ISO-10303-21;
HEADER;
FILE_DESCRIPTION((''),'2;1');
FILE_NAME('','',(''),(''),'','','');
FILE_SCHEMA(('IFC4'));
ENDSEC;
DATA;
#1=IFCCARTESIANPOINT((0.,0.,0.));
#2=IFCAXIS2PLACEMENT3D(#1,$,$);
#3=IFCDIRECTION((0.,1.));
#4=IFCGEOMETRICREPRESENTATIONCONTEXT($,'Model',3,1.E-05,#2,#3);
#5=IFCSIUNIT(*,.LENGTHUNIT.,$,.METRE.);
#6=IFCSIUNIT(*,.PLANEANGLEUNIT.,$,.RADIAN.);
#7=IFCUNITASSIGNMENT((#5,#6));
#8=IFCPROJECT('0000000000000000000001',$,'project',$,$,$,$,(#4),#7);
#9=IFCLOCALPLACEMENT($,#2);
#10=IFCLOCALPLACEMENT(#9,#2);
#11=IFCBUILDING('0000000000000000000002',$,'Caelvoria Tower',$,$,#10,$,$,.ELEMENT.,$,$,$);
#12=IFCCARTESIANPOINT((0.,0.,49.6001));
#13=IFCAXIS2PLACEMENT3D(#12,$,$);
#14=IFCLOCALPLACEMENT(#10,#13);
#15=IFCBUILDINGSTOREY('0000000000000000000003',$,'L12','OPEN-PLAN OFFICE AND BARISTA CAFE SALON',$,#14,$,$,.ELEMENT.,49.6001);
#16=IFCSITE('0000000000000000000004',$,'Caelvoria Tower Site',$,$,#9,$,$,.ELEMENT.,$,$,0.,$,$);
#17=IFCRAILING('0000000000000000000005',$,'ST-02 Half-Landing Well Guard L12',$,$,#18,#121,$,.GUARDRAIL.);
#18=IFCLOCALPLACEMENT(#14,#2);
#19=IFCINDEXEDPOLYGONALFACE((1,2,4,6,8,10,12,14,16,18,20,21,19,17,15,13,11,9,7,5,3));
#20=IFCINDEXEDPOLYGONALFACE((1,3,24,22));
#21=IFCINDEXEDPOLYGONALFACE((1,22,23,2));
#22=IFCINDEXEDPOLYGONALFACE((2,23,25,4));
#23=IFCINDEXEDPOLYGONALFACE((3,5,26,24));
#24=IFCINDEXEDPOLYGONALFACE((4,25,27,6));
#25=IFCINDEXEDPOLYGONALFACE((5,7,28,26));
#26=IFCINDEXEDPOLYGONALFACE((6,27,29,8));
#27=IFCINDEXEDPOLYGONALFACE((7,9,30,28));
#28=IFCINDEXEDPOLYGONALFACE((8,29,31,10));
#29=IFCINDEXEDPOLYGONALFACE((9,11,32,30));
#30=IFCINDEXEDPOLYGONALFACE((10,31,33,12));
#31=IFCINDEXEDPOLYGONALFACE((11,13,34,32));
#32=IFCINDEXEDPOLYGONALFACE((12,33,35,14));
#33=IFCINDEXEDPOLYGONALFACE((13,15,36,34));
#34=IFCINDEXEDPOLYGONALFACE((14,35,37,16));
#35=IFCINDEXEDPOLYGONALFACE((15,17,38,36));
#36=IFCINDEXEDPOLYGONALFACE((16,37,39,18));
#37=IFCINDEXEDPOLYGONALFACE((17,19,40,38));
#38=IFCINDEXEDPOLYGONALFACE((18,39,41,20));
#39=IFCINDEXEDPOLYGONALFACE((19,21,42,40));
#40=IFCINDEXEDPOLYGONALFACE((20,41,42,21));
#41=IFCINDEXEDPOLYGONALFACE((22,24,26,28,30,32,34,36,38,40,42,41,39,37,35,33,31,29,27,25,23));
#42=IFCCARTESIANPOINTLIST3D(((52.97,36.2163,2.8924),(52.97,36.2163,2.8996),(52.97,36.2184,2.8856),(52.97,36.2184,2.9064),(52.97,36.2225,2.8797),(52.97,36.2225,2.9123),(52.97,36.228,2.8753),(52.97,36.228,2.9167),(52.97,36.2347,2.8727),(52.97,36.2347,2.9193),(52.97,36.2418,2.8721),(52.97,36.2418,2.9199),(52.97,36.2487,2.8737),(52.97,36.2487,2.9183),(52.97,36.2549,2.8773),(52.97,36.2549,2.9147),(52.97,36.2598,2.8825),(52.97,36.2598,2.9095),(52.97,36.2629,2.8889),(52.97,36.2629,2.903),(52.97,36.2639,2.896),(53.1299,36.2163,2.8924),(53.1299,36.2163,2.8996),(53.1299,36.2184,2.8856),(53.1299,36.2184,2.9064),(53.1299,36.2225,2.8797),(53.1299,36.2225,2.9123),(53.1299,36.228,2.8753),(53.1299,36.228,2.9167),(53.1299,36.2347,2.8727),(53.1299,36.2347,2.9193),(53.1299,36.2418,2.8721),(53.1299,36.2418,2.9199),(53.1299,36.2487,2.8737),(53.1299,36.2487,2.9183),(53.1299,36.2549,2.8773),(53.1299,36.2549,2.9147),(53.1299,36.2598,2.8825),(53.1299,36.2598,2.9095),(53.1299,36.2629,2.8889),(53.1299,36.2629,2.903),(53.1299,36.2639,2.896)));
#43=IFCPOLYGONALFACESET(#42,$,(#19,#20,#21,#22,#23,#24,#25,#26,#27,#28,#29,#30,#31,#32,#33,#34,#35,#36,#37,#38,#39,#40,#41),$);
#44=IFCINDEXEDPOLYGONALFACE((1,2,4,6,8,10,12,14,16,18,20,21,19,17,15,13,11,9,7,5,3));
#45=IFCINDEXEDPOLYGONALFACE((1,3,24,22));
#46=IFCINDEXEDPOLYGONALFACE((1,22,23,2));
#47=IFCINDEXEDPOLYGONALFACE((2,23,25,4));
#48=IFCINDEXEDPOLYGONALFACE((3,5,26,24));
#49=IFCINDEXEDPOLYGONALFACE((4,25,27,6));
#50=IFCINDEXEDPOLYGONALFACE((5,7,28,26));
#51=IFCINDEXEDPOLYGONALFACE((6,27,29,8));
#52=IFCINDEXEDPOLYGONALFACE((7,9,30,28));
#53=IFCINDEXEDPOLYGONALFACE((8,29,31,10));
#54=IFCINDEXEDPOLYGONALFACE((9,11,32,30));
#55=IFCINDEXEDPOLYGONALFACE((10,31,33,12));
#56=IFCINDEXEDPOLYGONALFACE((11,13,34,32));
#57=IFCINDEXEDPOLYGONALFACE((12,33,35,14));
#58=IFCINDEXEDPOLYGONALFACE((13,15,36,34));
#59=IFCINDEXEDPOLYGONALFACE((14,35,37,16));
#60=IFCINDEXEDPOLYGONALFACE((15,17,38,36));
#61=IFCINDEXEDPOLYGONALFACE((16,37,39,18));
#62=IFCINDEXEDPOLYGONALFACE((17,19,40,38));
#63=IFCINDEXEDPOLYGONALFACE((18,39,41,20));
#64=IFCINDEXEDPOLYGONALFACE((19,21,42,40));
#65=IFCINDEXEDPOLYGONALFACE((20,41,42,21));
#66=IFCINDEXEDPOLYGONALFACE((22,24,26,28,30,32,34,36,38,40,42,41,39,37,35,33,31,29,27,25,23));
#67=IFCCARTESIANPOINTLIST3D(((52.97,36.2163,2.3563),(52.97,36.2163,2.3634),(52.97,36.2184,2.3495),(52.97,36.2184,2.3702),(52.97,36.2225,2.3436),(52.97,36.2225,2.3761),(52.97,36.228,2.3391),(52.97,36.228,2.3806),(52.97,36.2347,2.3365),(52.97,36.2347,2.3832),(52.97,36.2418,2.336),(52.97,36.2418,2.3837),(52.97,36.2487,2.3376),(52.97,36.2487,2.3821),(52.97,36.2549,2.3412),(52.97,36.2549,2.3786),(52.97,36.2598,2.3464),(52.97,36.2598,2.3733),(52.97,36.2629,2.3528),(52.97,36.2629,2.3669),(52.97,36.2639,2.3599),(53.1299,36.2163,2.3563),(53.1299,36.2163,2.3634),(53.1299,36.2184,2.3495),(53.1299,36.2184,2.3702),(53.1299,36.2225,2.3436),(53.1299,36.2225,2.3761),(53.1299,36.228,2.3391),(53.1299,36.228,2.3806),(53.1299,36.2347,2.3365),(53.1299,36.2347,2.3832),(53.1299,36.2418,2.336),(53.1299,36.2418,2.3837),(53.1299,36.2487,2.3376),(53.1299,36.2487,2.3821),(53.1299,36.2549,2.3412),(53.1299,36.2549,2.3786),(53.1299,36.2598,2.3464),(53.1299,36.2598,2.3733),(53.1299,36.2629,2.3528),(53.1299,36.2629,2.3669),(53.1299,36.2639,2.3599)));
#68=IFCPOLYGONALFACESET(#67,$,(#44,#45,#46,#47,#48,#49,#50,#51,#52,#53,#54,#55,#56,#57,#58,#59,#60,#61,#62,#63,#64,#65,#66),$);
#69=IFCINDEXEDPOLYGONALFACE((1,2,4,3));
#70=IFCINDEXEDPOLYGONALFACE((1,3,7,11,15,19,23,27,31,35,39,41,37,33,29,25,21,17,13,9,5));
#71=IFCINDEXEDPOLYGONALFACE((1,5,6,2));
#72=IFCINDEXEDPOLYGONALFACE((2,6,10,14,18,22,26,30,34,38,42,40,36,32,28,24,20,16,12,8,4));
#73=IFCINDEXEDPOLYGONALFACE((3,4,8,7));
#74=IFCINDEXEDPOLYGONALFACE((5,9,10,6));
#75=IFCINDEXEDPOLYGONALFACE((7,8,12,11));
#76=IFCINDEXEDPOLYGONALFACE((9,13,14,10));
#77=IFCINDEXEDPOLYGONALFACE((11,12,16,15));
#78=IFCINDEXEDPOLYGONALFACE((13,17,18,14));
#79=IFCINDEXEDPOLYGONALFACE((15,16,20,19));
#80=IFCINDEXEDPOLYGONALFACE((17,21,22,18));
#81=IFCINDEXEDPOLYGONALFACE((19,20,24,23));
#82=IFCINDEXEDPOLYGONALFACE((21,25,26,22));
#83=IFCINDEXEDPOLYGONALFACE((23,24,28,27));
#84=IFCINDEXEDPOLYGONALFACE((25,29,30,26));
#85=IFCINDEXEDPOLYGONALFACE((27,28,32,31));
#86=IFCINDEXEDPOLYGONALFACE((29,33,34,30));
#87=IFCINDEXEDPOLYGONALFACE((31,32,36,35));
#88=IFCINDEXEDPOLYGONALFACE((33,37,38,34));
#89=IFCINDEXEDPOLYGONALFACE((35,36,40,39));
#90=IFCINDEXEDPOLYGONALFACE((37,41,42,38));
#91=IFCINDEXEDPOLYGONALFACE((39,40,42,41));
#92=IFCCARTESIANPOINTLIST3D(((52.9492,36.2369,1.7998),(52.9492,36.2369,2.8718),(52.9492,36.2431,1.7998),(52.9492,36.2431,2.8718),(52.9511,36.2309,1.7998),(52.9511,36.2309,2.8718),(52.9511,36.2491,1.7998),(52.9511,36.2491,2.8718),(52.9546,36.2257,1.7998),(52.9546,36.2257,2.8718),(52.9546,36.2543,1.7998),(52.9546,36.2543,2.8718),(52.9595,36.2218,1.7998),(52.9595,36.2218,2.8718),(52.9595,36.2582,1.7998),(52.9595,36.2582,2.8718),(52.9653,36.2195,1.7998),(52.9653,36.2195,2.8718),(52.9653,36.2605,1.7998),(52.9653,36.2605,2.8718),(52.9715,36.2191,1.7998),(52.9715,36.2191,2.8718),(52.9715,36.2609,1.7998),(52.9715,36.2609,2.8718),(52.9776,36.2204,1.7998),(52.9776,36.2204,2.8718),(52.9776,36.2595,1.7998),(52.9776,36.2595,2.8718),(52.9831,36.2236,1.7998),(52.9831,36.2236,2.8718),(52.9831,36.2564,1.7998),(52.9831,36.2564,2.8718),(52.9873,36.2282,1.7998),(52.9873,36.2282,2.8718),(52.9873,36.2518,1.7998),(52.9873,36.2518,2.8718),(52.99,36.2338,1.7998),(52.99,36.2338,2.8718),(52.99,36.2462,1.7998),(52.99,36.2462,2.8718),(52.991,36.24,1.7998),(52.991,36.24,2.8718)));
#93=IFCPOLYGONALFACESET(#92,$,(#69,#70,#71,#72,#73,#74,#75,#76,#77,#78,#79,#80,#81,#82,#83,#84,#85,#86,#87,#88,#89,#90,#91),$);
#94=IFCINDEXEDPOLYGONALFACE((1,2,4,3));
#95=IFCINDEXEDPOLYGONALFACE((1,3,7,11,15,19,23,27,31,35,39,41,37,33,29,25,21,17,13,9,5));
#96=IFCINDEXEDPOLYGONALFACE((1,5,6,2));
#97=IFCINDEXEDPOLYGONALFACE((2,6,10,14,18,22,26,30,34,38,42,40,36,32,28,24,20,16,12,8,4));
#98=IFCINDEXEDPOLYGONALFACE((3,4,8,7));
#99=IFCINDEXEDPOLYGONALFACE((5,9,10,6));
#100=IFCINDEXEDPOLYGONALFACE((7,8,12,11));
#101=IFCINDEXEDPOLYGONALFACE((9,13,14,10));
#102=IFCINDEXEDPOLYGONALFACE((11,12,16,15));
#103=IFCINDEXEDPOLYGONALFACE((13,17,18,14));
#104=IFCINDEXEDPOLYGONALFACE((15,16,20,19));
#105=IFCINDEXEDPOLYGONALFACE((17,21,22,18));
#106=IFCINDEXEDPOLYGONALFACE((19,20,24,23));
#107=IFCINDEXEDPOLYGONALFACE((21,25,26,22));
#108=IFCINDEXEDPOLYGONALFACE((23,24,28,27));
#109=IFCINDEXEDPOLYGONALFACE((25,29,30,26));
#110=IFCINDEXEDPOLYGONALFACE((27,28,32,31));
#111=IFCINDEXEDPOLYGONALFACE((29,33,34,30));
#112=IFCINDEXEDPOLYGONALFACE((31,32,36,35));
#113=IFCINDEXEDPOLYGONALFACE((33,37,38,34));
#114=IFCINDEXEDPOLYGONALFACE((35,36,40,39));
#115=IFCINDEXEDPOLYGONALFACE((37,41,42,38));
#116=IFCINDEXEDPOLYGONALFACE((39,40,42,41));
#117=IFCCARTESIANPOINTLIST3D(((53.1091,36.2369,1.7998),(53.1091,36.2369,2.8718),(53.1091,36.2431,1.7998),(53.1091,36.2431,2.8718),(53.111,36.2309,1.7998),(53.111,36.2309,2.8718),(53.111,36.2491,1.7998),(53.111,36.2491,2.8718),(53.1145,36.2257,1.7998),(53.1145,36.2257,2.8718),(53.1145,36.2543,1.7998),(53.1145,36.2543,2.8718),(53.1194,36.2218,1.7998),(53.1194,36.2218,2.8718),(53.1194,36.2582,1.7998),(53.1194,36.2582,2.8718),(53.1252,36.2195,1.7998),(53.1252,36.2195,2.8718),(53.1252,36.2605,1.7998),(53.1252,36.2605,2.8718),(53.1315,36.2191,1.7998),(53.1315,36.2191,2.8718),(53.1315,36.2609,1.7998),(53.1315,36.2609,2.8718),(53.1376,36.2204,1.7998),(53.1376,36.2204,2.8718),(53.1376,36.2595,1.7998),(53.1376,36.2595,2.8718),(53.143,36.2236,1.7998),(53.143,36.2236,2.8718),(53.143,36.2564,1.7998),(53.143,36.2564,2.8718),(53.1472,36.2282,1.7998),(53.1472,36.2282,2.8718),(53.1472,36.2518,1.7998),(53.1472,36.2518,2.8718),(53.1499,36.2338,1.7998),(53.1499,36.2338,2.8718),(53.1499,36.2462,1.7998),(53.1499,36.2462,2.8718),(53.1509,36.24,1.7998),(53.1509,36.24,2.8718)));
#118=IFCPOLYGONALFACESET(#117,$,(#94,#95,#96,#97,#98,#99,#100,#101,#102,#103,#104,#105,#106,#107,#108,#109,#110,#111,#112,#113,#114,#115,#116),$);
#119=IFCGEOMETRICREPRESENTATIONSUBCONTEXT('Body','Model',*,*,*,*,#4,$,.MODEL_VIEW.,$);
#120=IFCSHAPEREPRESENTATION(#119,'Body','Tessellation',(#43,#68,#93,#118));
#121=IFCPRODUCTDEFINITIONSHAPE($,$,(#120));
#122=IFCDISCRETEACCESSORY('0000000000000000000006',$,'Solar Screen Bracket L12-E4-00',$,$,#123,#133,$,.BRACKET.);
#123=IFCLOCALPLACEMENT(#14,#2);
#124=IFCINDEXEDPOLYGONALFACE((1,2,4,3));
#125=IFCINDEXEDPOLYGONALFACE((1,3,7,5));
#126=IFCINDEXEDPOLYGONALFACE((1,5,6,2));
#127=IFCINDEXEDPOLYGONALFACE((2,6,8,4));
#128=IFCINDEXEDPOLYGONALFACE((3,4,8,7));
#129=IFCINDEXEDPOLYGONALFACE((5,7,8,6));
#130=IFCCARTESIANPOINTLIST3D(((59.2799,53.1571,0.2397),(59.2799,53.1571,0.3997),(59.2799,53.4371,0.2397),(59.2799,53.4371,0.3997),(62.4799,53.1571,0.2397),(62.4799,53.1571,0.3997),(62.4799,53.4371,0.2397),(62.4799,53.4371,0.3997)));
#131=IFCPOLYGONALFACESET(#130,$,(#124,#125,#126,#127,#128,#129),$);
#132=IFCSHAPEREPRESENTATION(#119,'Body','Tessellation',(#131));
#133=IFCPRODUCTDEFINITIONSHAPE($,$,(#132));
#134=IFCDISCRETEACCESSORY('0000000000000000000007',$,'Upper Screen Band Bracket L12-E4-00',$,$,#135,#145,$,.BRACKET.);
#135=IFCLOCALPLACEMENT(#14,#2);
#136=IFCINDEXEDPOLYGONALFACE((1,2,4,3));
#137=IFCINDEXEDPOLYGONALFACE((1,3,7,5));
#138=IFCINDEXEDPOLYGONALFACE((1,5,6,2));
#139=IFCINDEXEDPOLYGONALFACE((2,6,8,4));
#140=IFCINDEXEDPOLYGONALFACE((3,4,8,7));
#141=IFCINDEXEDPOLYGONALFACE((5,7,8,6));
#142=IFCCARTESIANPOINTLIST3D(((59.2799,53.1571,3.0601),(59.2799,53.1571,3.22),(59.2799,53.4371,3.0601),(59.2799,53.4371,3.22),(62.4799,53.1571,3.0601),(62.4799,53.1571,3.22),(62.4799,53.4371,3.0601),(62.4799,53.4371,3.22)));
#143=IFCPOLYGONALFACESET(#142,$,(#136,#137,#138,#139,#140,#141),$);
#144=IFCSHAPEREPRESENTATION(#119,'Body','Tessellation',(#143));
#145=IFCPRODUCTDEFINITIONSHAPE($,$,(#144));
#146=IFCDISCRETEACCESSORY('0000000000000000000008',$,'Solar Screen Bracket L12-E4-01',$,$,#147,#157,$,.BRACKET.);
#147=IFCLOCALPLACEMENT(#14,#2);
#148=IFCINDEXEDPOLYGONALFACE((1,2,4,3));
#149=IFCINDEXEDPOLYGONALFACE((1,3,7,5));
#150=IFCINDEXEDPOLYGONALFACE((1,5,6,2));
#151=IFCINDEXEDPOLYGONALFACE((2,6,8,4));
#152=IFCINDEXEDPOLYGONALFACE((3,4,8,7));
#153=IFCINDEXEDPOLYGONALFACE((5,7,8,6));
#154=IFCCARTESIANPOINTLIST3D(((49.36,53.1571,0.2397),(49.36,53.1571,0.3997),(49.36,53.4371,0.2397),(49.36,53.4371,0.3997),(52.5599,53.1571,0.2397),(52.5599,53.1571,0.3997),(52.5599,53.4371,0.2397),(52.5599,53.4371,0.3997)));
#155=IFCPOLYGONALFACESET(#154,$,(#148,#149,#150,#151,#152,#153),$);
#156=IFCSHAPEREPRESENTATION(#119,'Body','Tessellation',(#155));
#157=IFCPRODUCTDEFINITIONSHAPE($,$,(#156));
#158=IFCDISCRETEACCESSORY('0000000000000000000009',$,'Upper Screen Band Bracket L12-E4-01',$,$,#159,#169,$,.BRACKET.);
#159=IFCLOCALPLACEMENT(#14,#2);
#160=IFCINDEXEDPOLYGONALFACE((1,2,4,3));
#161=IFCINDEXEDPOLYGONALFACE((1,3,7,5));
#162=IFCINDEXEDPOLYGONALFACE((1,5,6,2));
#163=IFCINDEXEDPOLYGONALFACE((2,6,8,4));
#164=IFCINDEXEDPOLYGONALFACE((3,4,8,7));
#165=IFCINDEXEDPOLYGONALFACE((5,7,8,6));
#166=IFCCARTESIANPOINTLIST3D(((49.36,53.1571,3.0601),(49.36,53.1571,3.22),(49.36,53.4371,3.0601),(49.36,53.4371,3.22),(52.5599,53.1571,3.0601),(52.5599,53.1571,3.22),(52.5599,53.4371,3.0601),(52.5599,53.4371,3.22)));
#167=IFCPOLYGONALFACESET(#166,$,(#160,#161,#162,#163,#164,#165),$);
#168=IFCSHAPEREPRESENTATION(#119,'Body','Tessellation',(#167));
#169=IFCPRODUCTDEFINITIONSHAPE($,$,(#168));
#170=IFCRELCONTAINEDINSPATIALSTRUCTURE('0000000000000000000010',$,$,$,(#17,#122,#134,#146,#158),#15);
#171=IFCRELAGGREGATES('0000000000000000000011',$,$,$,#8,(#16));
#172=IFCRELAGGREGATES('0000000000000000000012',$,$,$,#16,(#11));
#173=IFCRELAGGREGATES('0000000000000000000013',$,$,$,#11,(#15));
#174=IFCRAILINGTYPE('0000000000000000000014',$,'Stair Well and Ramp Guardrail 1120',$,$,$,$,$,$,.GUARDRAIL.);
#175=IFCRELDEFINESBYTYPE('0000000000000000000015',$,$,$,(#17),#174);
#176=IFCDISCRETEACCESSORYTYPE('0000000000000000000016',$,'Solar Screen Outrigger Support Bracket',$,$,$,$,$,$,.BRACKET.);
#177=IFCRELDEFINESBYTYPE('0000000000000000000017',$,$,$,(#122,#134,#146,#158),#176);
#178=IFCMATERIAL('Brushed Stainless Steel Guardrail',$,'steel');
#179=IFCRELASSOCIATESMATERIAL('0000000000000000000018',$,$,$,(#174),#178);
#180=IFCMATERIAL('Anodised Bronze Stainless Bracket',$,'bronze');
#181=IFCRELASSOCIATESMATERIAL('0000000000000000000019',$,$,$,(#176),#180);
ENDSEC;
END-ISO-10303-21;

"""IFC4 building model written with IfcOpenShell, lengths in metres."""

from ifc_helpers import new_model, si_unit, direction, frame, origin, origin_2d, place, context, subcontext, project, spatial, rectangle, circle, extrude, material, type_object, element, save


model = new_model("IFC4")

# Units and contexts
model_context = context("Model", 3, precision=1e-05, world=origin(), true_north=direction((0.0, 1.0)))
body_context = subcontext(model_context, "Body", "Model", "MODEL_VIEW")
ifc_project = project(units=[si_unit("LENGTHUNIT", "METRE"), si_unit("PLANEANGLEUNIT", "RADIAN")], contexts=[model_context])

# Site, building, storey
site_placement = place(None, origin())
site = spatial("IfcSite", under=ifc_project, at=site_placement, Name="Caelvoria Tower Site", CompositionType="ELEMENT", RefElevation=0.0)
building_placement = place(site_placement, origin())
building = spatial("IfcBuilding", under=site, at=building_placement, Name="Caelvoria Tower", CompositionType="ELEMENT")
storey_placement = place(building_placement, frame((0.0, 0.0, 49.6001)))
storey = spatial("IfcBuildingStorey", under=building, at=storey_placement, Name="L12", Description="OPEN-PLAN OFFICE AND BARISTA CAFE SALON", CompositionType="ELEMENT", Elevation=49.6001)

# Railing
ifc_material_1 = material(Name="Brushed Stainless Steel Guardrail", Category="steel")
railing_type_1 = type_object("IfcRailingType", Name="Stair Well and Ramp Guardrail 1120", PredefinedType="GUARDRAIL", material=ifc_material_1)
railing_1_placement = place(storey_placement, frame((52.97, 36.24, 1.7998)))
element("IfcRailing", 1, at=railing_1_placement, inside=storey, type_object=railing_type_1, Name="ST-02 Half-Landing Well Guard L12", PredefinedType="GUARDRAIL", context=body_context, shape_type="SweptSolid", body=[
    extrude(circle(Radius=0.0239, at=origin_2d()), frame((0.0, 0.0, 1.0962), z_axis=(1.0, 0.0, 0.0), x_axis=(0.0, 1.0, 0.0)), (0.0, 0.0, 1.0), 0.1599),
    extrude(circle(Radius=0.0239, at=origin_2d()), frame((0.0, 0.0, 0.5601), z_axis=(1.0, 0.0, 0.0), x_axis=(0.0, 1.0, 0.0)), (0.0, 0.0, 1.0), 0.1599),
    extrude(circle(Radius=0.021, at=origin_2d()), origin(), (0.0, 0.0, 1.0), 1.072),
    extrude(circle(Radius=0.021, at=origin_2d()), frame((0.1599, 0.0, 0.0)), (0.0, 0.0, 1.0), 1.072),
])

# Discrete accessories
ifc_material_2 = material(Name="Anodised Bronze Stainless Bracket", Category="bronze")
discrete_accessory_type = type_object("IfcDiscreteAccessoryType", Name="Solar Screen Outrigger Support Bracket", PredefinedType="BRACKET", material=ifc_material_2)
for number, where, z_axis, x_axis, name in (
    (2, (60.8799, 53.2971, 0.2397), (0.0, 0.0, 1.0), (-1.0, 0.0, 0.0), "Solar Screen Bracket L12-E4-00"),
    (3, (60.8799, 53.2971, 3.0601), (0.0, 0.0, 1.0), (-1.0, 0.0, 0.0), "Upper Screen Band Bracket L12-E4-00"),
    (4, (50.96, 53.2971, 0.2397), (0.0, 0.0, 1.0), (-1.0, 0.0, 0.0), "Solar Screen Bracket L12-E4-01"),
    (5, (50.96, 53.2971, 3.0601), (0.0, 0.0, 1.0), (-1.0, 0.0, 0.0), "Upper Screen Band Bracket L12-E4-01"),
):
    element("IfcDiscreteAccessory", number, at=place(storey_placement, frame(where, z_axis=z_axis, x_axis=x_axis)), inside=storey, type_object=discrete_accessory_type, Name=name, PredefinedType="BRACKET", context=body_context, shape_type="SweptSolid", body=[
        extrude(rectangle(XDim=3.2, YDim=0.28, at=origin_2d()), origin(), (0.0, 0.0, 1.0), 0.1599),
    ])

save(model, "model.ifc")
